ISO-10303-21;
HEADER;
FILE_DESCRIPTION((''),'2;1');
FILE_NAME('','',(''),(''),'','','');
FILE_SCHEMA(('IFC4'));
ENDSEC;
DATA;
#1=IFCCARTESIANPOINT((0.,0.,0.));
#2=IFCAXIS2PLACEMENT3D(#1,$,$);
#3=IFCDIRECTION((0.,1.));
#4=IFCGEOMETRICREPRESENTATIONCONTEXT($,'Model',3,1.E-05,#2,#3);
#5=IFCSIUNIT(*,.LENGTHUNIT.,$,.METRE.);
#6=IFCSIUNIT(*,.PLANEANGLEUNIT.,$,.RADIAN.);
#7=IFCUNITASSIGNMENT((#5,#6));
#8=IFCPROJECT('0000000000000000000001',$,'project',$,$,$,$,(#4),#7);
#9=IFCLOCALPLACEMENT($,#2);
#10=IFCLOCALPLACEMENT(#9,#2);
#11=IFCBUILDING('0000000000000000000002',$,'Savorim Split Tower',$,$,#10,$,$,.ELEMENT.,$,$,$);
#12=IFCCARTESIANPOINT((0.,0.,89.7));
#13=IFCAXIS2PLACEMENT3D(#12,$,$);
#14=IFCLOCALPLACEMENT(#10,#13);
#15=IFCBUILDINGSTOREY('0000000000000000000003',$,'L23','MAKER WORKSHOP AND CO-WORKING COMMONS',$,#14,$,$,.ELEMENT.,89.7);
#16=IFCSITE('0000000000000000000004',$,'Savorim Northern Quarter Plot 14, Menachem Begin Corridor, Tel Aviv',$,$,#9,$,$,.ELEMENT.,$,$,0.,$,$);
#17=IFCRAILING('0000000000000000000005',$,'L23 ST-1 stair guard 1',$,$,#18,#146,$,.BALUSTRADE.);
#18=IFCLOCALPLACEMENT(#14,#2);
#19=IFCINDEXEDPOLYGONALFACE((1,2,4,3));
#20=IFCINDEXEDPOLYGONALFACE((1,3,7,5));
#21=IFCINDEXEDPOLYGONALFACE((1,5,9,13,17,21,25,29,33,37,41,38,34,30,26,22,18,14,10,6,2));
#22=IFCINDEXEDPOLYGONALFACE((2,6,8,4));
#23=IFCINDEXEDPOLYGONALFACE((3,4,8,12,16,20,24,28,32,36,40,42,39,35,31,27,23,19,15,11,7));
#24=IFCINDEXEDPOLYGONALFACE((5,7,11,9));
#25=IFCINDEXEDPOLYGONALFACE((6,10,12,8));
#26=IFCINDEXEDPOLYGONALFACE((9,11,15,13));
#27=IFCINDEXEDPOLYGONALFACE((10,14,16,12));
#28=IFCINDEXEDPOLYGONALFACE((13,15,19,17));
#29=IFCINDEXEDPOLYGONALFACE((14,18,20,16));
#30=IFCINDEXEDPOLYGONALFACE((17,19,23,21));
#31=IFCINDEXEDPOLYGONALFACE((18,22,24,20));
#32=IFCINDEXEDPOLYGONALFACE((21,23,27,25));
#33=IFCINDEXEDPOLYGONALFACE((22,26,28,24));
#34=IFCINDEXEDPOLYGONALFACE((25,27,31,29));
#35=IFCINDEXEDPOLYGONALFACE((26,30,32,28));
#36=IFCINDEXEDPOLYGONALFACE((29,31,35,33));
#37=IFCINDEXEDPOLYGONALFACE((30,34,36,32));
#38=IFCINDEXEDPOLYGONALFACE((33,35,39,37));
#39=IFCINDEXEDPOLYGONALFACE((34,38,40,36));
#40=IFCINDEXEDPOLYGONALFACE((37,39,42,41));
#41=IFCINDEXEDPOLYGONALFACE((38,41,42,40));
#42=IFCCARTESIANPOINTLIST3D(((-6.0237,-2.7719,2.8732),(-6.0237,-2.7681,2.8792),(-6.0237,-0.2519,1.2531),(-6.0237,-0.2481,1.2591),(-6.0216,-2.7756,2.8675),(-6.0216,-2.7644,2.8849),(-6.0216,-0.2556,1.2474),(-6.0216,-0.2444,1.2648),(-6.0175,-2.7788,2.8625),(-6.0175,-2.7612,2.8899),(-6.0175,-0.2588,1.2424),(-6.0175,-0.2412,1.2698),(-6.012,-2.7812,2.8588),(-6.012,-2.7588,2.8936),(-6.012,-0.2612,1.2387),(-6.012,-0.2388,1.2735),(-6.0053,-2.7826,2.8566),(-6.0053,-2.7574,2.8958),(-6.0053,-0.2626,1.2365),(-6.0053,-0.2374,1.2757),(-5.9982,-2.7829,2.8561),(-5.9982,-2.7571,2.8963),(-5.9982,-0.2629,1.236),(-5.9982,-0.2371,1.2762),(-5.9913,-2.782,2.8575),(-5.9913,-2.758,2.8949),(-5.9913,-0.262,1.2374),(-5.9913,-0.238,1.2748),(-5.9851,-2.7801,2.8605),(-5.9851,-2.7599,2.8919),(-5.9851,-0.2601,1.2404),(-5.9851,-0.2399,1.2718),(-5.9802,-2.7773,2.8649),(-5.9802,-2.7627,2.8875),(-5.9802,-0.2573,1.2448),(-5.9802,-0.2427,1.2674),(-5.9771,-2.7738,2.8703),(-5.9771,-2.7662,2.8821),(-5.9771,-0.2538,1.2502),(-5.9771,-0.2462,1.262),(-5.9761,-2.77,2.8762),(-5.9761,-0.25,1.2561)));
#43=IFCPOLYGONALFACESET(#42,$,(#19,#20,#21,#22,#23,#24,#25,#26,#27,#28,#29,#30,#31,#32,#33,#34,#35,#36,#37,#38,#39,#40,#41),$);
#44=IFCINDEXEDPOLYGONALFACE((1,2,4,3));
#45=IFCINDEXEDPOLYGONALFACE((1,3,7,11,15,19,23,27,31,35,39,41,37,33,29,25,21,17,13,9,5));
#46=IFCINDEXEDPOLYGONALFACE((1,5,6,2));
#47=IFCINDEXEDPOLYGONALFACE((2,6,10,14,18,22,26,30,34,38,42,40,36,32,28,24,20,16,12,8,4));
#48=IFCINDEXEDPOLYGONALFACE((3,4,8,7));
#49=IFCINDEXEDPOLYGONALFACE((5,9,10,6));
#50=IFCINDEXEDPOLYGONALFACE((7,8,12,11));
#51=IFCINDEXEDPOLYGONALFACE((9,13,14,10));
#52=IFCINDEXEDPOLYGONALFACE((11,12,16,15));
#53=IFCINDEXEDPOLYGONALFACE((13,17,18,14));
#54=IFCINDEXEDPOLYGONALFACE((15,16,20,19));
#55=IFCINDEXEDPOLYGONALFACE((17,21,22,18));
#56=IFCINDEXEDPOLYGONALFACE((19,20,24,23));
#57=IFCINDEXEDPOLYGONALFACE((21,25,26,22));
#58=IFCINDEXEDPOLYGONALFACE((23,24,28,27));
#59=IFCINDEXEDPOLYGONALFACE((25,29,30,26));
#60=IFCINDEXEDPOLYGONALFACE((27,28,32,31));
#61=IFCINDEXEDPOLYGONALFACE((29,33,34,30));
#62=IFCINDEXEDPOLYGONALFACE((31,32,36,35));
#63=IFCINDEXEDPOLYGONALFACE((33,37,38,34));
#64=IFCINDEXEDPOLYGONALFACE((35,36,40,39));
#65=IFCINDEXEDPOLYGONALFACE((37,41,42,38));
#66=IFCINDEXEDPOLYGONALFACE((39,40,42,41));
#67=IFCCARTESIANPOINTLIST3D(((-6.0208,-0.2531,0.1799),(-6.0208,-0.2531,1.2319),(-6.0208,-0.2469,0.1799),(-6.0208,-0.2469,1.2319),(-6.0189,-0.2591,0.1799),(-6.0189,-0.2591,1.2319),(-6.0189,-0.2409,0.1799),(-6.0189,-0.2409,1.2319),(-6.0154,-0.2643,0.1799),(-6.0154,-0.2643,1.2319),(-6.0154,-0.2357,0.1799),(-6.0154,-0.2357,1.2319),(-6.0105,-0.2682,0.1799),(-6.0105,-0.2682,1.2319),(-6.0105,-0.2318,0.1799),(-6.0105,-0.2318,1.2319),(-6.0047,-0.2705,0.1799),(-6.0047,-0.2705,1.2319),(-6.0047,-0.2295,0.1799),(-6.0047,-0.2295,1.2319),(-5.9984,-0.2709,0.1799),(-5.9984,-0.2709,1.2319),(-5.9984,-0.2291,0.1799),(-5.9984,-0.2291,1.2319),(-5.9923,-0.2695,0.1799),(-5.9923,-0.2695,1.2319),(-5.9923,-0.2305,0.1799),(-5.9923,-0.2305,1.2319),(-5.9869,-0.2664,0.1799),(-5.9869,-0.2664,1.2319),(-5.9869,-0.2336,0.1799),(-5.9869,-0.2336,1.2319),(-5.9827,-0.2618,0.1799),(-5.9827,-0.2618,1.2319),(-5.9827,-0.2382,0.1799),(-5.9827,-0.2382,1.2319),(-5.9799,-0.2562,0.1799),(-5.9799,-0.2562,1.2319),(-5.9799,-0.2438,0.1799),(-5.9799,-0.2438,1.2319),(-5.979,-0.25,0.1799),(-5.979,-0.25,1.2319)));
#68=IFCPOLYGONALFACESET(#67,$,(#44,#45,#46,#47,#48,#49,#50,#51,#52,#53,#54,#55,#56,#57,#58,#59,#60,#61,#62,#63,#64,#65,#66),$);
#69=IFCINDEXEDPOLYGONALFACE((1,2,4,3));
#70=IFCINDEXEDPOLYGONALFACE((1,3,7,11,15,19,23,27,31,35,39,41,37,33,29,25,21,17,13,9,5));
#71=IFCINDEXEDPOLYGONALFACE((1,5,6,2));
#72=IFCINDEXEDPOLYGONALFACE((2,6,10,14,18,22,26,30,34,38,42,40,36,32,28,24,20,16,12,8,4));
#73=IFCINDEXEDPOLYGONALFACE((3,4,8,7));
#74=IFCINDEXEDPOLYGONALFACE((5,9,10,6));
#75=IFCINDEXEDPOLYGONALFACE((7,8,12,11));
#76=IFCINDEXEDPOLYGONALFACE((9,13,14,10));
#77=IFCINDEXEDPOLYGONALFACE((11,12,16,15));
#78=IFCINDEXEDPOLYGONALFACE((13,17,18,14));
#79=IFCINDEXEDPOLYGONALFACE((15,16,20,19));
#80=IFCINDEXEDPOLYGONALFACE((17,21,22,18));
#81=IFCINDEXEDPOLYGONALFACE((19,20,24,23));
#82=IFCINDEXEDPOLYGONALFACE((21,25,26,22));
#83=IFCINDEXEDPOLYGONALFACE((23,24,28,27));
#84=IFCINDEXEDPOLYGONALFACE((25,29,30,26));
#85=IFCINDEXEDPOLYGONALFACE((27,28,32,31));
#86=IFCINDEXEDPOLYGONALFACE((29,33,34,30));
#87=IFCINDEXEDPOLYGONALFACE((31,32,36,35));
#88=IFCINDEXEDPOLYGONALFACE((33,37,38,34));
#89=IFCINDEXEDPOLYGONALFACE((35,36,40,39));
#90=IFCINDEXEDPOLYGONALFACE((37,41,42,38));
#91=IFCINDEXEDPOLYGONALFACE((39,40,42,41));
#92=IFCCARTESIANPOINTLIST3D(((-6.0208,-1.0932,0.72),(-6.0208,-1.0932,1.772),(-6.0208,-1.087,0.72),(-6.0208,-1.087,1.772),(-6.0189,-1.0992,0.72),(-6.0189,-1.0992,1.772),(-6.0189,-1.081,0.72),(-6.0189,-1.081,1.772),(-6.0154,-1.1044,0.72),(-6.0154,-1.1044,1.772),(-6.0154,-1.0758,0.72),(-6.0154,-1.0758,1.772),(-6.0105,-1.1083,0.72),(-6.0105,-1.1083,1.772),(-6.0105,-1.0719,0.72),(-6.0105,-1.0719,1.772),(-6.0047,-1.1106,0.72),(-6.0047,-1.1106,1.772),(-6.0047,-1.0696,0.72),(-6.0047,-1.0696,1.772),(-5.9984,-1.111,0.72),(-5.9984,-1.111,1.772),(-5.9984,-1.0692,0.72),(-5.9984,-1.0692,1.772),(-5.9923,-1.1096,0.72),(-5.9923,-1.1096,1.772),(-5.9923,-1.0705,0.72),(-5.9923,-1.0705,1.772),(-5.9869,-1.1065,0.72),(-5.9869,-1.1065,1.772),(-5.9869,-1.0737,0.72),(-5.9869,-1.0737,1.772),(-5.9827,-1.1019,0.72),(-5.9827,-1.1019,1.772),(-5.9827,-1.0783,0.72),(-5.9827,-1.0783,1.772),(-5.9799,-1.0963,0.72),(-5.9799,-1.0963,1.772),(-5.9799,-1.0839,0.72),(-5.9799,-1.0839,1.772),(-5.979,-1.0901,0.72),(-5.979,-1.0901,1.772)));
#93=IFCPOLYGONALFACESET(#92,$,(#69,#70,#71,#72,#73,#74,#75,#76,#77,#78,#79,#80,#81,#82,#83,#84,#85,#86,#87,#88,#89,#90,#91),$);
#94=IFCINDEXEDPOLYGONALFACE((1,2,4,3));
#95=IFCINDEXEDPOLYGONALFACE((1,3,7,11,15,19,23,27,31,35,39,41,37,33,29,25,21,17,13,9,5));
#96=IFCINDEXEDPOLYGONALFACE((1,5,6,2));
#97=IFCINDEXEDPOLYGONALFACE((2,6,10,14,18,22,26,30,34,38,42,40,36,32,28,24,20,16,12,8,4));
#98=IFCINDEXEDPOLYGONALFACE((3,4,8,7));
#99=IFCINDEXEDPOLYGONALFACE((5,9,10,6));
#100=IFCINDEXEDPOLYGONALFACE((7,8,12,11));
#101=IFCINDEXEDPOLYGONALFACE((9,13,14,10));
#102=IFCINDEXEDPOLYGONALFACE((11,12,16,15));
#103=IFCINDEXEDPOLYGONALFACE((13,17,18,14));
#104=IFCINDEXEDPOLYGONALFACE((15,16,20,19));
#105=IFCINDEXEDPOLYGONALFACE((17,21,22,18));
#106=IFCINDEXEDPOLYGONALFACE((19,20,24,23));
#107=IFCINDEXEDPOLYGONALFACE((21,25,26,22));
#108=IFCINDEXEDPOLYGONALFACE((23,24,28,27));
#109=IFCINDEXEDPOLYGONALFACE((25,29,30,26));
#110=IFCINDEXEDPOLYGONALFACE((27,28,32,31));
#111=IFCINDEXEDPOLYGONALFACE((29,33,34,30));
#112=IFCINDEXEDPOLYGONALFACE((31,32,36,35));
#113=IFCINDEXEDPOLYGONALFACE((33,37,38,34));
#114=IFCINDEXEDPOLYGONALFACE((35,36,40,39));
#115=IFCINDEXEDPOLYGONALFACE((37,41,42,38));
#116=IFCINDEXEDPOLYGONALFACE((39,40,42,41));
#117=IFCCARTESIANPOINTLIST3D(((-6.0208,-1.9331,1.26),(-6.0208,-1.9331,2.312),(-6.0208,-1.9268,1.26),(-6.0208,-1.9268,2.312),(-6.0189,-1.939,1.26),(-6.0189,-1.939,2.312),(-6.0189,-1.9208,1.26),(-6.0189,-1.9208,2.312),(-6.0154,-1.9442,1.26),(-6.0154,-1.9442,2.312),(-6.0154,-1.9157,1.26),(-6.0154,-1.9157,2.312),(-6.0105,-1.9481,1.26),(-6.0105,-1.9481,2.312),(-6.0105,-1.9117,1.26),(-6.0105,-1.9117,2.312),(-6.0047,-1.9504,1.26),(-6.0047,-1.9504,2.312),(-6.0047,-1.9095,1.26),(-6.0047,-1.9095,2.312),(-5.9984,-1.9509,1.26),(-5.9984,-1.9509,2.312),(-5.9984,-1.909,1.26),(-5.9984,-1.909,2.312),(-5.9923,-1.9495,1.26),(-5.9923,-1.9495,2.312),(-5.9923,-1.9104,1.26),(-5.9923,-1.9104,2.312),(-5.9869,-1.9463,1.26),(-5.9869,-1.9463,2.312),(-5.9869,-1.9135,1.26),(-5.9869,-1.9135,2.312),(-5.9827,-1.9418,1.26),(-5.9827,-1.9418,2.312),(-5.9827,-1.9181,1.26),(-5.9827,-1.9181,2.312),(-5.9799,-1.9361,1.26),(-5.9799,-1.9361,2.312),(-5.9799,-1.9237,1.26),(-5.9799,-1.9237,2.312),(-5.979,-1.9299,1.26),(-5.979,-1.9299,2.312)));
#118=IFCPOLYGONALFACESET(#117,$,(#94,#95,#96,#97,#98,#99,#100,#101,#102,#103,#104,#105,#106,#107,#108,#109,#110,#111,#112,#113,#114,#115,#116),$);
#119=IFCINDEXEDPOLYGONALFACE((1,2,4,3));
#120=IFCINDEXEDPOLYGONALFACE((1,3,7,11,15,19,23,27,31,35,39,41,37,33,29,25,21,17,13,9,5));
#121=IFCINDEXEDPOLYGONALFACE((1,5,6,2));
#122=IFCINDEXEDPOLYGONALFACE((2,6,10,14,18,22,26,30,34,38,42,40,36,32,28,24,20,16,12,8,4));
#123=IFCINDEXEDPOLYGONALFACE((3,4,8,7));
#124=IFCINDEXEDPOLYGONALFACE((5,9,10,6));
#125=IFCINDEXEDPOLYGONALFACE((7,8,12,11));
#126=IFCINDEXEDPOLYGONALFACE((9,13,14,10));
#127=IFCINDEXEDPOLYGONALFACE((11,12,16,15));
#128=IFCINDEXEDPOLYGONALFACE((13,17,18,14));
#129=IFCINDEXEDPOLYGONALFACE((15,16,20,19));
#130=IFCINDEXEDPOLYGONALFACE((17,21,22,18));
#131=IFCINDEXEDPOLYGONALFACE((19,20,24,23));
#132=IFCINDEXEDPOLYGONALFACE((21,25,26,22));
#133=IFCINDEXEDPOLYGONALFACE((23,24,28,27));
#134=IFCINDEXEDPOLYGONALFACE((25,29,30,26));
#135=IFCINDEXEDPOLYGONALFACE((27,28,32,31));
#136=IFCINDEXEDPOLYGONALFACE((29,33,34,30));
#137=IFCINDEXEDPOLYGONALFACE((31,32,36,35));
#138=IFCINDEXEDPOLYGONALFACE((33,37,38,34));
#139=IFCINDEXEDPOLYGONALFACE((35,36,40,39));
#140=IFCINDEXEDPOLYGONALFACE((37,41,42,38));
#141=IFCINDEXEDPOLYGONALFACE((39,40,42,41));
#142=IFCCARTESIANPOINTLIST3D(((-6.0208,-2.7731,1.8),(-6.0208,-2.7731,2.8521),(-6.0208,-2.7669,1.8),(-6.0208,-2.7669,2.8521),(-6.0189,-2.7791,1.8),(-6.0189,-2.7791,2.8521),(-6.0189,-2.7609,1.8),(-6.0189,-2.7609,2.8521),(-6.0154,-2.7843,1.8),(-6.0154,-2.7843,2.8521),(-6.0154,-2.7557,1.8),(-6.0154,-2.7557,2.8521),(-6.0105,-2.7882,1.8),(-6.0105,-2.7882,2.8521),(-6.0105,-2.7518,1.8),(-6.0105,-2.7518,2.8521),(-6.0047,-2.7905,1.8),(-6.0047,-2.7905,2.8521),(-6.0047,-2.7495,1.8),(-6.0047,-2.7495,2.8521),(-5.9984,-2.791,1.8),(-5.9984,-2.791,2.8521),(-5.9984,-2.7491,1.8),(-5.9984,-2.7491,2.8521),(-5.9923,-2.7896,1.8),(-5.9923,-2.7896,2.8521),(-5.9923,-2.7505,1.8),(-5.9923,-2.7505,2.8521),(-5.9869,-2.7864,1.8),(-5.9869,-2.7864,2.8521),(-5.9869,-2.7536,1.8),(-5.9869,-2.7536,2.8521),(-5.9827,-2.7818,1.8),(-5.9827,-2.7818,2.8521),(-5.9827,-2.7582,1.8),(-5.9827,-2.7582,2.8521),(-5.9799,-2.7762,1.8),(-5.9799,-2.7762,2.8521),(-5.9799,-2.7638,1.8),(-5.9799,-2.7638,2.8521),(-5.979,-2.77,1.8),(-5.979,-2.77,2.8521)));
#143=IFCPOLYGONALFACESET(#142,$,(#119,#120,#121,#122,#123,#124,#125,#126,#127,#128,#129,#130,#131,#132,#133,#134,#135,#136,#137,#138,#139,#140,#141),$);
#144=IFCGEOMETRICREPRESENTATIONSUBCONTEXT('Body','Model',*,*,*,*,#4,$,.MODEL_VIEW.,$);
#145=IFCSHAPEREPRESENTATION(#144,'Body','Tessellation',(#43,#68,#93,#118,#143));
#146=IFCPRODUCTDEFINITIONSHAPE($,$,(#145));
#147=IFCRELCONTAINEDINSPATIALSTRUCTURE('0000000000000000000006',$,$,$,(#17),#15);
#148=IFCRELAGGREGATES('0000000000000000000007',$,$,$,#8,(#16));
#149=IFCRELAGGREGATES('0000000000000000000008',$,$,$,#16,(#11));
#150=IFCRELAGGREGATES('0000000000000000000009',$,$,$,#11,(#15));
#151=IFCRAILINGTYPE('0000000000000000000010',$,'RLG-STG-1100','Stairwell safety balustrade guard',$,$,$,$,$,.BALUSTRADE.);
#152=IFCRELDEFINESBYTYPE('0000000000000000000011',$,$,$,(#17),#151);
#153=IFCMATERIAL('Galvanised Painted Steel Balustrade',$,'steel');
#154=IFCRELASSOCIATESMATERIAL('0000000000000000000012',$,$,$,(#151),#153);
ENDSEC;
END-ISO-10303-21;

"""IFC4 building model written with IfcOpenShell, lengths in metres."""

from ifc_helpers import new_model, si_unit, direction, frame, origin, origin_2d, place, context, subcontext, project, spatial, circle, extrude, material, type_object, element, save


model = new_model("IFC4")

# Units and contexts
model_context = context("Model", 3, precision=1e-05, world=origin(), true_north=direction((0.0, 1.0)))
body_context = subcontext(model_context, "Body", "Model", "MODEL_VIEW")
ifc_project = project(units=[si_unit("LENGTHUNIT", "METRE"), si_unit("PLANEANGLEUNIT", "RADIAN")], contexts=[model_context])

# Site, building, storey
site_placement = place(None, origin())
site = spatial("IfcSite", under=ifc_project, at=site_placement, Name="Savorim Northern Quarter Plot 14, Menachem Begin Corridor, Tel Aviv", CompositionType="ELEMENT", RefElevation=0.0)
building_placement = place(site_placement, origin())
building = spatial("IfcBuilding", under=site, at=building_placement, Name="Savorim Split Tower", CompositionType="ELEMENT")
storey_placement = place(building_placement, frame((0.0, 0.0, 89.7)))
storey = spatial("IfcBuildingStorey", under=building, at=storey_placement, Name="L23", Description="MAKER WORKSHOP AND CO-WORKING COMMONS", CompositionType="ELEMENT", Elevation=89.7)

# Railing
ifc_material_1 = material(Name="Galvanised Painted Steel Balustrade", Category="steel")
railing_type_1 = type_object("IfcRailingType", Name="RLG-STG-1100", Description="Stairwell safety balustrade guard", PredefinedType="BALUSTRADE", material=ifc_material_1)
railing_1_placement = place(storey_placement, frame((-6.0, -0.25, 0.1799)))
element("IfcRailing", 1, at=railing_1_placement, inside=storey, type_object=railing_type_1, Name="L23 ST-1 stair guard 1", PredefinedType="BALUSTRADE", context=body_context, shape_type="SweptSolid", body=[
    extrude(circle(Radius=0.0239, at=origin_2d()), frame((0.0, 0.0, 1.0762), z_axis=(0.0, -0.841163, 0.540782), x_axis=(1.0, 0.0, 0.0)), (0.0, 0.0, 1.0), 2.9958),
    extrude(circle(Radius=0.021, at=origin_2d()), origin(), (0.0, 0.0, 1.0), 1.052),
    extrude(circle(Radius=0.021, at=origin_2d()), frame((0.0, -0.8401, 0.54)), (0.0, 0.0, 1.0), 1.052),
    extrude(circle(Radius=0.021, at=origin_2d()), frame((0.0, -1.6799, 1.0801)), (0.0, 0.0, 1.0), 1.052),
    extrude(circle(Radius=0.021, at=origin_2d()), frame((0.0, -2.52, 1.6201)), (0.0, 0.0, 1.0), 1.052),
])

save(model, "model.ifc")
